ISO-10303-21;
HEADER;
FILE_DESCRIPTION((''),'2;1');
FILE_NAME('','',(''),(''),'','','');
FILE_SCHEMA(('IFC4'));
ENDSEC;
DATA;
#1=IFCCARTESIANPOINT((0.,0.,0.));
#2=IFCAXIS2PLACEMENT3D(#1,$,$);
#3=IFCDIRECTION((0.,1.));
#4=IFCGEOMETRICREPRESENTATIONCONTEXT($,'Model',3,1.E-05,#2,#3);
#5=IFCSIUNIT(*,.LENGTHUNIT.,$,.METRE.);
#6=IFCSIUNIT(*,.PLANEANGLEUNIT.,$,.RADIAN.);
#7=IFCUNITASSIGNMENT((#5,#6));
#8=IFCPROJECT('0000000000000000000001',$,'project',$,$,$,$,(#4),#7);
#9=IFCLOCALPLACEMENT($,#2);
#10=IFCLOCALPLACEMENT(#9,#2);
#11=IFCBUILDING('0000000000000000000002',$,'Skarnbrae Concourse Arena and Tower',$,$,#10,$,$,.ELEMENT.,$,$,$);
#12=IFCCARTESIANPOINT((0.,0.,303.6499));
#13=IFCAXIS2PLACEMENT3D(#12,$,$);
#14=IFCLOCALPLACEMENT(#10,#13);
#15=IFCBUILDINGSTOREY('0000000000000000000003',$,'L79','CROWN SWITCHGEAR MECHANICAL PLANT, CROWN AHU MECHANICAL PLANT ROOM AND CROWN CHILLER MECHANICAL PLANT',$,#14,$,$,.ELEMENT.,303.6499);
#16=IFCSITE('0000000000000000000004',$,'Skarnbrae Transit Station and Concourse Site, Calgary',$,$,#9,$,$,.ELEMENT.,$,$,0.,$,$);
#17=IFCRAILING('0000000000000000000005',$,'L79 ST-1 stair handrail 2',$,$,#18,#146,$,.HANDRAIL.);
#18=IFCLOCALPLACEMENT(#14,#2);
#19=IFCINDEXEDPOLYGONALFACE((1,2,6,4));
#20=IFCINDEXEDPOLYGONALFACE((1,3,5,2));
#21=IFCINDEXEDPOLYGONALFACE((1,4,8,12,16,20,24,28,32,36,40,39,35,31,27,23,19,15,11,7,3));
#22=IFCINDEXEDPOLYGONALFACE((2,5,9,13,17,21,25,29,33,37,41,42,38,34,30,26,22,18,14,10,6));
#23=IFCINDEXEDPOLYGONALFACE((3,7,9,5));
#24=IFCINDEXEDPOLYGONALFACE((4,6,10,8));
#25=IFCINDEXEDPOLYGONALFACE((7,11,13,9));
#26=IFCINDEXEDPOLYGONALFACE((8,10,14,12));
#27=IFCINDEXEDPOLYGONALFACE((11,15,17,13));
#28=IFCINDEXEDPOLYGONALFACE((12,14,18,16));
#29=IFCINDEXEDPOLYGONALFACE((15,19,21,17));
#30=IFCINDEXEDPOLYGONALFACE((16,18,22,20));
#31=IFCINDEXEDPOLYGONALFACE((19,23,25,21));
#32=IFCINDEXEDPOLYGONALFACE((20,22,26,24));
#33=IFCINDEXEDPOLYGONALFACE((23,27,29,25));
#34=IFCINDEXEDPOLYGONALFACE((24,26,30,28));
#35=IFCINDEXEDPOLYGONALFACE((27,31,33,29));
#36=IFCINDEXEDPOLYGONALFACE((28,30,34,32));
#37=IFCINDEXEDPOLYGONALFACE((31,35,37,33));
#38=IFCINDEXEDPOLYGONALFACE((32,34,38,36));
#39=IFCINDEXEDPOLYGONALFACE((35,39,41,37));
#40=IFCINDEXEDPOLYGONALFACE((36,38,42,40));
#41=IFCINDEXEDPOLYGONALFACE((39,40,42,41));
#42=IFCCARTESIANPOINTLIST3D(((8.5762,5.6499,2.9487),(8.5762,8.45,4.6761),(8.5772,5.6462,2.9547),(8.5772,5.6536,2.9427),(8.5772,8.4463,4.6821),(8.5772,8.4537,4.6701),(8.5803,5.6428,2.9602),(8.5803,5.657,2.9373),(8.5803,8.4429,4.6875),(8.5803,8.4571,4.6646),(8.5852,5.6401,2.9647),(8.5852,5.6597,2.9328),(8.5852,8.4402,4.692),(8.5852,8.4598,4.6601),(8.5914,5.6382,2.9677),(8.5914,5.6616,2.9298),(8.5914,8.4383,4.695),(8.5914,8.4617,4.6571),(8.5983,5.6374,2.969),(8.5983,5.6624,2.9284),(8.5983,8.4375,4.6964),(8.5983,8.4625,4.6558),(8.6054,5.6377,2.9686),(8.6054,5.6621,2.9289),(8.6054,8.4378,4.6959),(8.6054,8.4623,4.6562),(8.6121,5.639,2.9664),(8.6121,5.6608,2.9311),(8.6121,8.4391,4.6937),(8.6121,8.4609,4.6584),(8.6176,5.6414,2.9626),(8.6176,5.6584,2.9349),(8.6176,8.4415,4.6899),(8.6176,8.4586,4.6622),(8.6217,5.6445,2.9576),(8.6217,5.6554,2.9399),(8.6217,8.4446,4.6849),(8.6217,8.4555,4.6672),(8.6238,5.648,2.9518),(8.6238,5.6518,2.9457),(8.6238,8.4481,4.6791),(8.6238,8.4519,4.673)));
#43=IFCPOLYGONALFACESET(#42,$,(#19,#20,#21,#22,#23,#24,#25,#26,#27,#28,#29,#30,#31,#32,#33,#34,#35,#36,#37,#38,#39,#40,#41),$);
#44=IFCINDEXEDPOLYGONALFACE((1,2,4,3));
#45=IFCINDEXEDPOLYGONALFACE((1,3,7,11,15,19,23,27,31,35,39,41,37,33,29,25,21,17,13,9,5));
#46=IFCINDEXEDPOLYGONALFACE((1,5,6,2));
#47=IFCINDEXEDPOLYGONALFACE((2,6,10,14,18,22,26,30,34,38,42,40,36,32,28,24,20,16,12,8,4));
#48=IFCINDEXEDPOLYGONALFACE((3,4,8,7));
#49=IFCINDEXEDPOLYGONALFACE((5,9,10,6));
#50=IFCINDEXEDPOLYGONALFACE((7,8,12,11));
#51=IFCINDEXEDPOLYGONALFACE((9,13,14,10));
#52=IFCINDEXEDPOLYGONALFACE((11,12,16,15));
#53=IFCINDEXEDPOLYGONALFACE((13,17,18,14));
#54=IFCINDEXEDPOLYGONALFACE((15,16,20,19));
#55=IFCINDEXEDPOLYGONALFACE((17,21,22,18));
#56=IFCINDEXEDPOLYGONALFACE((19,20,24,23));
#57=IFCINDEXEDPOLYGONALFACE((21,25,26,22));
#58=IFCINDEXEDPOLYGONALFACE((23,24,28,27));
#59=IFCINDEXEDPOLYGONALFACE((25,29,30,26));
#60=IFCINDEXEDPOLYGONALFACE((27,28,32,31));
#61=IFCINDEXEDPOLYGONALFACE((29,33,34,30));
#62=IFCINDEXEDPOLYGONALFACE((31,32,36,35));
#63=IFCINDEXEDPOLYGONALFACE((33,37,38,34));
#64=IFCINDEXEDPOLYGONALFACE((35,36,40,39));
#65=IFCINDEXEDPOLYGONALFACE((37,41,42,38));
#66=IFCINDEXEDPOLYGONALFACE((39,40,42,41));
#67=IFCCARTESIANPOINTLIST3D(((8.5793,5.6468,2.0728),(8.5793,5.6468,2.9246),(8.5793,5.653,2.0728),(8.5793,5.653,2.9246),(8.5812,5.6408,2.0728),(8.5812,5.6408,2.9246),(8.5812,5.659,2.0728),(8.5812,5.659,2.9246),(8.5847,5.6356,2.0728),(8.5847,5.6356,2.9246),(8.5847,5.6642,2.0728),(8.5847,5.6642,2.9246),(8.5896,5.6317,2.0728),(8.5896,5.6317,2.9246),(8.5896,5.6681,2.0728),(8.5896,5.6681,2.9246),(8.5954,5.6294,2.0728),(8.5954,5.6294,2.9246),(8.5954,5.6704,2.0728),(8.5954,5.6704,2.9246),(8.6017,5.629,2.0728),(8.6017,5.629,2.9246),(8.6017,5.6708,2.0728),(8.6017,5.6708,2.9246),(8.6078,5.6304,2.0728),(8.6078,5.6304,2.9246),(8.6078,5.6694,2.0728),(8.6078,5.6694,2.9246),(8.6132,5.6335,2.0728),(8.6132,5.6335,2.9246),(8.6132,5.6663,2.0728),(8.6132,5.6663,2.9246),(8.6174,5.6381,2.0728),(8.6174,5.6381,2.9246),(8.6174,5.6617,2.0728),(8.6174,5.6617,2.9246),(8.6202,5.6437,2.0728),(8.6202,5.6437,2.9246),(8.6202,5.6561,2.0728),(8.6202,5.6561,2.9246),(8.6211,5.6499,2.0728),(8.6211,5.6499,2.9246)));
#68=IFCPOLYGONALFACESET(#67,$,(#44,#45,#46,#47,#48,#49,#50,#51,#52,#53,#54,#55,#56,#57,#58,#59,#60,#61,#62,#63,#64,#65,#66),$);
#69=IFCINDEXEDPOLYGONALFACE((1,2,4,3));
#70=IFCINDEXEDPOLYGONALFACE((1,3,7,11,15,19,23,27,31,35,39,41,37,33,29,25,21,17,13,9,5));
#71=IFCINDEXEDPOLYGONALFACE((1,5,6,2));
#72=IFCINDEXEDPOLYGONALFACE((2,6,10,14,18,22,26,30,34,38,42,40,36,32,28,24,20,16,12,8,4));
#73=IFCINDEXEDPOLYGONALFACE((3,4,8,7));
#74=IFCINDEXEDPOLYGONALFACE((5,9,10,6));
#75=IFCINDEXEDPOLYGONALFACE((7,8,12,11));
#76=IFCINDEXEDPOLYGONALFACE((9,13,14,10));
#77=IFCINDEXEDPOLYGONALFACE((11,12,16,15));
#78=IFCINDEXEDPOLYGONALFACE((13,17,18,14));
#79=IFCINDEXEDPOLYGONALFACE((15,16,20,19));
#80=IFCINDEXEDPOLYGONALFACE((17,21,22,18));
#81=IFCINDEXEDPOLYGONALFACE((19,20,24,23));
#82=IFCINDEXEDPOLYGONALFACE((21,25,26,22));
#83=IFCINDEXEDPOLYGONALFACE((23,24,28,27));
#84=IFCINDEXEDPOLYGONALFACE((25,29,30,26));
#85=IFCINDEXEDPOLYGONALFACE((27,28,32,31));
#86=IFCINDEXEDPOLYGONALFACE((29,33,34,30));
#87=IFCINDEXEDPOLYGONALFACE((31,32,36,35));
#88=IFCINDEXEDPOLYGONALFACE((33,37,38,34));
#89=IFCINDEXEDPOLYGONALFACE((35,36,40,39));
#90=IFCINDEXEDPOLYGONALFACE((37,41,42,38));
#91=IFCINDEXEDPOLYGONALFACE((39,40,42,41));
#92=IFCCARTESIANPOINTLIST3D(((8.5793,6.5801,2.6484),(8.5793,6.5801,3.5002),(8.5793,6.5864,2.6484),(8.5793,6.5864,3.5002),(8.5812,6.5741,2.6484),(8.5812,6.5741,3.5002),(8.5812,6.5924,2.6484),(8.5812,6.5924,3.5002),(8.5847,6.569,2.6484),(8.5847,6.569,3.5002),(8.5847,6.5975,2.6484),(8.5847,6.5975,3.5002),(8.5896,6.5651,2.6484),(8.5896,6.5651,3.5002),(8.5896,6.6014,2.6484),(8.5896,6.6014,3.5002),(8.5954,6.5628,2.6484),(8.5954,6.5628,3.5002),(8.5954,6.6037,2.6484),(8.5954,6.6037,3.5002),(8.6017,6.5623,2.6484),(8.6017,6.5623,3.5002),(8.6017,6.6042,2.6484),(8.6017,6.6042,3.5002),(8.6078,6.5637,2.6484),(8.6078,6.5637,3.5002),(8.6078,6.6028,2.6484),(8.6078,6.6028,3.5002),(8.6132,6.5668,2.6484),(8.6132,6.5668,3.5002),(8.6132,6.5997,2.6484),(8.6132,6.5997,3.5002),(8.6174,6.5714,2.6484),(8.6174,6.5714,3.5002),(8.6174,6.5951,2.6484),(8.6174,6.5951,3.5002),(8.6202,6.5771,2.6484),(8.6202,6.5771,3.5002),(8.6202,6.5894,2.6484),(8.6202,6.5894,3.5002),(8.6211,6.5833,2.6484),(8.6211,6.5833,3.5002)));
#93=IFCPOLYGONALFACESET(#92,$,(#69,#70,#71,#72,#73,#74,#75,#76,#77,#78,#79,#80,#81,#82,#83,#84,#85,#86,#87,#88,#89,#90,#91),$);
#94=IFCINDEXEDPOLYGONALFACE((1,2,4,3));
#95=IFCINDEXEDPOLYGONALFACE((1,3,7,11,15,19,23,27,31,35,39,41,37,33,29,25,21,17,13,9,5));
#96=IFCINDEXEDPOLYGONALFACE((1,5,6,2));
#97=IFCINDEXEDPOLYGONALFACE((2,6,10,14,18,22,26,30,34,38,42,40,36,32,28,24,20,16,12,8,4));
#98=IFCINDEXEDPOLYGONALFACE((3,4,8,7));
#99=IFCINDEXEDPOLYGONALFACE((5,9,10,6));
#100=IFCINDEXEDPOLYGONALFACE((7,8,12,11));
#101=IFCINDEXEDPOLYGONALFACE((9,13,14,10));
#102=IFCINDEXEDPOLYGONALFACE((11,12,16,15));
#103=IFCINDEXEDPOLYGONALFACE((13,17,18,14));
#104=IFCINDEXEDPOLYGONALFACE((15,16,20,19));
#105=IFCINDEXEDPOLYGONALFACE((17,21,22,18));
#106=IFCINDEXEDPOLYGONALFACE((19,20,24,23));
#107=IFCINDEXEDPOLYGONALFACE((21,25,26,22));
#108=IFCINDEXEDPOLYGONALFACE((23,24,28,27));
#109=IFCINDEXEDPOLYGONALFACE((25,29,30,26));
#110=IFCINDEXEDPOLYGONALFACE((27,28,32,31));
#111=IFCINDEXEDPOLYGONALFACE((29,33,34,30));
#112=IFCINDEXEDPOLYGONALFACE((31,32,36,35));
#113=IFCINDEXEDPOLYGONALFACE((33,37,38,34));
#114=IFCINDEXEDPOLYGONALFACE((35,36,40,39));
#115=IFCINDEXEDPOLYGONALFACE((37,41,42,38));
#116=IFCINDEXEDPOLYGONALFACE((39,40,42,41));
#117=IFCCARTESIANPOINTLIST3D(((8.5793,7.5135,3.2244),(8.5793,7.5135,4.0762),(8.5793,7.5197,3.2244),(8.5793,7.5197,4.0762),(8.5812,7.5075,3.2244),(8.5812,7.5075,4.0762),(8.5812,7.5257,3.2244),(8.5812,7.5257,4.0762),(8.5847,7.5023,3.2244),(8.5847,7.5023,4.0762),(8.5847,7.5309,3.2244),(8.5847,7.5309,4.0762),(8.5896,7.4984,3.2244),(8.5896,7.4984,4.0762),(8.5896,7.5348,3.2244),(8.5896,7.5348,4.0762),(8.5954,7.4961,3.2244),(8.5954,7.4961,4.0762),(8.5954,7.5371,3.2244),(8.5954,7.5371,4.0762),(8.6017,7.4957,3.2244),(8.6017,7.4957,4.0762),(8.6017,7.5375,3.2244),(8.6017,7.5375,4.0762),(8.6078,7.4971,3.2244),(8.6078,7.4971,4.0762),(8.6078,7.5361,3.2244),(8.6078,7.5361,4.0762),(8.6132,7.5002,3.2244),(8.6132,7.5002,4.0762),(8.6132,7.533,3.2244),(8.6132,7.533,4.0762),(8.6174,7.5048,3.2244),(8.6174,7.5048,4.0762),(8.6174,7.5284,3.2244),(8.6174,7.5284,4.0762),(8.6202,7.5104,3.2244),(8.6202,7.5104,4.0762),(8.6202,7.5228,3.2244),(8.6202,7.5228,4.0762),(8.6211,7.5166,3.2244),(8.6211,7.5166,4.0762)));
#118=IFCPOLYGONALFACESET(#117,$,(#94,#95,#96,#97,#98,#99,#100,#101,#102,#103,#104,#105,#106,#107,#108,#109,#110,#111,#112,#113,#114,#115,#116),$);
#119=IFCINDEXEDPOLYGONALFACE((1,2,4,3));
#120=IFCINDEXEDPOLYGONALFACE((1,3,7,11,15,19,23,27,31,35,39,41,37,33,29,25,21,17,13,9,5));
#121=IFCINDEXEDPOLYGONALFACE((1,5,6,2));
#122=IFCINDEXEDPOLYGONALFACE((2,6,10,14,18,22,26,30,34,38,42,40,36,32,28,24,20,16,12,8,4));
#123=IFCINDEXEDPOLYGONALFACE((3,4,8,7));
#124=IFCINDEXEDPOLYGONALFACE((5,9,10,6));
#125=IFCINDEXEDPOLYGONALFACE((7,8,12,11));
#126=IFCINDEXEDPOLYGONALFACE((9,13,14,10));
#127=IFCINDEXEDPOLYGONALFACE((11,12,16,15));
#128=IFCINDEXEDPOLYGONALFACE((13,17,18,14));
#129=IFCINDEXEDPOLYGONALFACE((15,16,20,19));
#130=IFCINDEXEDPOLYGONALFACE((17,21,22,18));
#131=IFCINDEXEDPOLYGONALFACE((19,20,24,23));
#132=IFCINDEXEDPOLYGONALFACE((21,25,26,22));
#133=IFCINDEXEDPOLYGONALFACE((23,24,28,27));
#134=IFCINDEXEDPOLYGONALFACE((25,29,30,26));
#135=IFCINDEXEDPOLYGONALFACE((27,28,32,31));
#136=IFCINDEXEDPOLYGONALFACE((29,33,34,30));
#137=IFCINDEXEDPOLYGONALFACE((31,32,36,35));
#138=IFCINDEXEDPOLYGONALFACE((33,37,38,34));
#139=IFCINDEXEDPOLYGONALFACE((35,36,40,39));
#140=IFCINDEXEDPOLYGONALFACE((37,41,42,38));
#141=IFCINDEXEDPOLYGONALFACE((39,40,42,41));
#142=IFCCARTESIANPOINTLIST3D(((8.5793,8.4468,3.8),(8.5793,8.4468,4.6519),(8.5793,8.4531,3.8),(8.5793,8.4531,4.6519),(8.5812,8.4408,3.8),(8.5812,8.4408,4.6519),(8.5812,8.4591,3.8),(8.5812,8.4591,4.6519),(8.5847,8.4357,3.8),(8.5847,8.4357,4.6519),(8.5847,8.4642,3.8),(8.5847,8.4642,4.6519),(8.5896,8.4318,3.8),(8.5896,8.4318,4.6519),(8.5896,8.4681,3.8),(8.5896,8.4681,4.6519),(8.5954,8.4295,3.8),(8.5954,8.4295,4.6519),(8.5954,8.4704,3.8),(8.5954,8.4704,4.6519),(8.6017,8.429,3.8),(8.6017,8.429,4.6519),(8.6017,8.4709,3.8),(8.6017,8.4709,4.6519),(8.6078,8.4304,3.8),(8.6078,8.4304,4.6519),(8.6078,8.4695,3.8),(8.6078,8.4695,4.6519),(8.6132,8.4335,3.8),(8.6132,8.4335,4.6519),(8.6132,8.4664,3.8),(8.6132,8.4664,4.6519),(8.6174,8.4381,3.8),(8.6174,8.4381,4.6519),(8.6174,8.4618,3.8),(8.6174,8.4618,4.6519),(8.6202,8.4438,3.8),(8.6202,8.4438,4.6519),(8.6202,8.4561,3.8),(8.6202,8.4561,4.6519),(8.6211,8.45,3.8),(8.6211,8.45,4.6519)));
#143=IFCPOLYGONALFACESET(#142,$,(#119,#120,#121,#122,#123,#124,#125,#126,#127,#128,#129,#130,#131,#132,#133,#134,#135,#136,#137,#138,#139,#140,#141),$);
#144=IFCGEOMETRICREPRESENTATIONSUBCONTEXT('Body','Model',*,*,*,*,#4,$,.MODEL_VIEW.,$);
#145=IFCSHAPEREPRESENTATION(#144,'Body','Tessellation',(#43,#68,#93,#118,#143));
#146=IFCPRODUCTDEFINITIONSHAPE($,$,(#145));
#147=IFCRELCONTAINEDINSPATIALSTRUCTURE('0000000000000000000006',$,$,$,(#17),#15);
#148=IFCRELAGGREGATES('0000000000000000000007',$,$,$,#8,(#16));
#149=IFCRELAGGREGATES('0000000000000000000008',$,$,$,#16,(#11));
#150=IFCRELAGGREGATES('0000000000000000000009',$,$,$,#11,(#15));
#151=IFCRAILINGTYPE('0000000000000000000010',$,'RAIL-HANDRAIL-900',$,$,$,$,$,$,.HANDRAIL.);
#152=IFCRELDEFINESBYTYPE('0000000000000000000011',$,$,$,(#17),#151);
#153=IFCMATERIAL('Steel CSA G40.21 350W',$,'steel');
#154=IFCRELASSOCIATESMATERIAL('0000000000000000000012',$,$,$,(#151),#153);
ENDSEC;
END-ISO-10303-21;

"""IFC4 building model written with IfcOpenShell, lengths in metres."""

from ifc_helpers import new_model, si_unit, direction, frame, origin, origin_2d, place, context, subcontext, project, spatial, circle, extrude, material, type_object, element, save


model = new_model("IFC4")

# Units and contexts
model_context = context("Model", 3, precision=1e-05, world=origin(), true_north=direction((0.0, 1.0)))
body_context = subcontext(model_context, "Body", "Model", "MODEL_VIEW")
ifc_project = project(units=[si_unit("LENGTHUNIT", "METRE"), si_unit("PLANEANGLEUNIT", "RADIAN")], contexts=[model_context])

# Site, building, storey
site_placement = place(None, origin())
site = spatial("IfcSite", under=ifc_project, at=site_placement, Name="Skarnbrae Transit Station and Concourse Site, Calgary", CompositionType="ELEMENT", RefElevation=0.0)
building_placement = place(site_placement, origin())
building = spatial("IfcBuilding", under=site, at=building_placement, Name="Skarnbrae Concourse Arena and Tower", CompositionType="ELEMENT")
storey_placement = place(building_placement, frame((0.0, 0.0, 303.6499)))
storey = spatial("IfcBuildingStorey", under=building, at=storey_placement, Name="L79", Description="CROWN SWITCHGEAR MECHANICAL PLANT, CROWN AHU MECHANICAL PLANT ROOM AND CROWN CHILLER MECHANICAL PLANT", CompositionType="ELEMENT", Elevation=303.6499)

# Shared definitions
ifc_material_1 = material(Name="Steel CSA G40.21 350W", Category="steel")

# Railing
railing_type_1 = type_object("IfcRailingType", Name="RAIL-HANDRAIL-900", PredefinedType="HANDRAIL", material=ifc_material_1)
railing_1_placement = place(storey_placement, frame((8.6001, 5.6499, 2.0728)))
element("IfcRailing", 1, at=railing_1_placement, inside=storey, type_object=railing_type_1, Name="L79 ST-1 stair handrail 2", PredefinedType="HANDRAIL", context=body_context, shape_type="SweptSolid", body=[
    extrude(circle(Radius=0.0239, at=origin_2d()), frame((0.0, 0.0, 0.876), z_axis=(0.0, 0.85109, 0.52502), x_axis=(-1.0, 0.0, 0.0)), (0.0, 0.0, 1.0), 3.29),
    extrude(circle(Radius=0.021, at=origin_2d()), origin(), (0.0, 0.0, 1.0), 0.8518),
    extrude(circle(Radius=0.021, at=origin_2d()), frame((0.0, 0.9333, 0.5757)), (0.0, 0.0, 1.0), 0.8518),
    extrude(circle(Radius=0.021, at=origin_2d()), frame((0.0, 1.8667, 1.1516)), (0.0, 0.0, 1.0), 0.8518),
    extrude(circle(Radius=0.021, at=origin_2d()), frame((0.0, 2.8, 1.7273)), (0.0, 0.0, 1.0), 0.8518),
])

save(model, "model.ifc")
